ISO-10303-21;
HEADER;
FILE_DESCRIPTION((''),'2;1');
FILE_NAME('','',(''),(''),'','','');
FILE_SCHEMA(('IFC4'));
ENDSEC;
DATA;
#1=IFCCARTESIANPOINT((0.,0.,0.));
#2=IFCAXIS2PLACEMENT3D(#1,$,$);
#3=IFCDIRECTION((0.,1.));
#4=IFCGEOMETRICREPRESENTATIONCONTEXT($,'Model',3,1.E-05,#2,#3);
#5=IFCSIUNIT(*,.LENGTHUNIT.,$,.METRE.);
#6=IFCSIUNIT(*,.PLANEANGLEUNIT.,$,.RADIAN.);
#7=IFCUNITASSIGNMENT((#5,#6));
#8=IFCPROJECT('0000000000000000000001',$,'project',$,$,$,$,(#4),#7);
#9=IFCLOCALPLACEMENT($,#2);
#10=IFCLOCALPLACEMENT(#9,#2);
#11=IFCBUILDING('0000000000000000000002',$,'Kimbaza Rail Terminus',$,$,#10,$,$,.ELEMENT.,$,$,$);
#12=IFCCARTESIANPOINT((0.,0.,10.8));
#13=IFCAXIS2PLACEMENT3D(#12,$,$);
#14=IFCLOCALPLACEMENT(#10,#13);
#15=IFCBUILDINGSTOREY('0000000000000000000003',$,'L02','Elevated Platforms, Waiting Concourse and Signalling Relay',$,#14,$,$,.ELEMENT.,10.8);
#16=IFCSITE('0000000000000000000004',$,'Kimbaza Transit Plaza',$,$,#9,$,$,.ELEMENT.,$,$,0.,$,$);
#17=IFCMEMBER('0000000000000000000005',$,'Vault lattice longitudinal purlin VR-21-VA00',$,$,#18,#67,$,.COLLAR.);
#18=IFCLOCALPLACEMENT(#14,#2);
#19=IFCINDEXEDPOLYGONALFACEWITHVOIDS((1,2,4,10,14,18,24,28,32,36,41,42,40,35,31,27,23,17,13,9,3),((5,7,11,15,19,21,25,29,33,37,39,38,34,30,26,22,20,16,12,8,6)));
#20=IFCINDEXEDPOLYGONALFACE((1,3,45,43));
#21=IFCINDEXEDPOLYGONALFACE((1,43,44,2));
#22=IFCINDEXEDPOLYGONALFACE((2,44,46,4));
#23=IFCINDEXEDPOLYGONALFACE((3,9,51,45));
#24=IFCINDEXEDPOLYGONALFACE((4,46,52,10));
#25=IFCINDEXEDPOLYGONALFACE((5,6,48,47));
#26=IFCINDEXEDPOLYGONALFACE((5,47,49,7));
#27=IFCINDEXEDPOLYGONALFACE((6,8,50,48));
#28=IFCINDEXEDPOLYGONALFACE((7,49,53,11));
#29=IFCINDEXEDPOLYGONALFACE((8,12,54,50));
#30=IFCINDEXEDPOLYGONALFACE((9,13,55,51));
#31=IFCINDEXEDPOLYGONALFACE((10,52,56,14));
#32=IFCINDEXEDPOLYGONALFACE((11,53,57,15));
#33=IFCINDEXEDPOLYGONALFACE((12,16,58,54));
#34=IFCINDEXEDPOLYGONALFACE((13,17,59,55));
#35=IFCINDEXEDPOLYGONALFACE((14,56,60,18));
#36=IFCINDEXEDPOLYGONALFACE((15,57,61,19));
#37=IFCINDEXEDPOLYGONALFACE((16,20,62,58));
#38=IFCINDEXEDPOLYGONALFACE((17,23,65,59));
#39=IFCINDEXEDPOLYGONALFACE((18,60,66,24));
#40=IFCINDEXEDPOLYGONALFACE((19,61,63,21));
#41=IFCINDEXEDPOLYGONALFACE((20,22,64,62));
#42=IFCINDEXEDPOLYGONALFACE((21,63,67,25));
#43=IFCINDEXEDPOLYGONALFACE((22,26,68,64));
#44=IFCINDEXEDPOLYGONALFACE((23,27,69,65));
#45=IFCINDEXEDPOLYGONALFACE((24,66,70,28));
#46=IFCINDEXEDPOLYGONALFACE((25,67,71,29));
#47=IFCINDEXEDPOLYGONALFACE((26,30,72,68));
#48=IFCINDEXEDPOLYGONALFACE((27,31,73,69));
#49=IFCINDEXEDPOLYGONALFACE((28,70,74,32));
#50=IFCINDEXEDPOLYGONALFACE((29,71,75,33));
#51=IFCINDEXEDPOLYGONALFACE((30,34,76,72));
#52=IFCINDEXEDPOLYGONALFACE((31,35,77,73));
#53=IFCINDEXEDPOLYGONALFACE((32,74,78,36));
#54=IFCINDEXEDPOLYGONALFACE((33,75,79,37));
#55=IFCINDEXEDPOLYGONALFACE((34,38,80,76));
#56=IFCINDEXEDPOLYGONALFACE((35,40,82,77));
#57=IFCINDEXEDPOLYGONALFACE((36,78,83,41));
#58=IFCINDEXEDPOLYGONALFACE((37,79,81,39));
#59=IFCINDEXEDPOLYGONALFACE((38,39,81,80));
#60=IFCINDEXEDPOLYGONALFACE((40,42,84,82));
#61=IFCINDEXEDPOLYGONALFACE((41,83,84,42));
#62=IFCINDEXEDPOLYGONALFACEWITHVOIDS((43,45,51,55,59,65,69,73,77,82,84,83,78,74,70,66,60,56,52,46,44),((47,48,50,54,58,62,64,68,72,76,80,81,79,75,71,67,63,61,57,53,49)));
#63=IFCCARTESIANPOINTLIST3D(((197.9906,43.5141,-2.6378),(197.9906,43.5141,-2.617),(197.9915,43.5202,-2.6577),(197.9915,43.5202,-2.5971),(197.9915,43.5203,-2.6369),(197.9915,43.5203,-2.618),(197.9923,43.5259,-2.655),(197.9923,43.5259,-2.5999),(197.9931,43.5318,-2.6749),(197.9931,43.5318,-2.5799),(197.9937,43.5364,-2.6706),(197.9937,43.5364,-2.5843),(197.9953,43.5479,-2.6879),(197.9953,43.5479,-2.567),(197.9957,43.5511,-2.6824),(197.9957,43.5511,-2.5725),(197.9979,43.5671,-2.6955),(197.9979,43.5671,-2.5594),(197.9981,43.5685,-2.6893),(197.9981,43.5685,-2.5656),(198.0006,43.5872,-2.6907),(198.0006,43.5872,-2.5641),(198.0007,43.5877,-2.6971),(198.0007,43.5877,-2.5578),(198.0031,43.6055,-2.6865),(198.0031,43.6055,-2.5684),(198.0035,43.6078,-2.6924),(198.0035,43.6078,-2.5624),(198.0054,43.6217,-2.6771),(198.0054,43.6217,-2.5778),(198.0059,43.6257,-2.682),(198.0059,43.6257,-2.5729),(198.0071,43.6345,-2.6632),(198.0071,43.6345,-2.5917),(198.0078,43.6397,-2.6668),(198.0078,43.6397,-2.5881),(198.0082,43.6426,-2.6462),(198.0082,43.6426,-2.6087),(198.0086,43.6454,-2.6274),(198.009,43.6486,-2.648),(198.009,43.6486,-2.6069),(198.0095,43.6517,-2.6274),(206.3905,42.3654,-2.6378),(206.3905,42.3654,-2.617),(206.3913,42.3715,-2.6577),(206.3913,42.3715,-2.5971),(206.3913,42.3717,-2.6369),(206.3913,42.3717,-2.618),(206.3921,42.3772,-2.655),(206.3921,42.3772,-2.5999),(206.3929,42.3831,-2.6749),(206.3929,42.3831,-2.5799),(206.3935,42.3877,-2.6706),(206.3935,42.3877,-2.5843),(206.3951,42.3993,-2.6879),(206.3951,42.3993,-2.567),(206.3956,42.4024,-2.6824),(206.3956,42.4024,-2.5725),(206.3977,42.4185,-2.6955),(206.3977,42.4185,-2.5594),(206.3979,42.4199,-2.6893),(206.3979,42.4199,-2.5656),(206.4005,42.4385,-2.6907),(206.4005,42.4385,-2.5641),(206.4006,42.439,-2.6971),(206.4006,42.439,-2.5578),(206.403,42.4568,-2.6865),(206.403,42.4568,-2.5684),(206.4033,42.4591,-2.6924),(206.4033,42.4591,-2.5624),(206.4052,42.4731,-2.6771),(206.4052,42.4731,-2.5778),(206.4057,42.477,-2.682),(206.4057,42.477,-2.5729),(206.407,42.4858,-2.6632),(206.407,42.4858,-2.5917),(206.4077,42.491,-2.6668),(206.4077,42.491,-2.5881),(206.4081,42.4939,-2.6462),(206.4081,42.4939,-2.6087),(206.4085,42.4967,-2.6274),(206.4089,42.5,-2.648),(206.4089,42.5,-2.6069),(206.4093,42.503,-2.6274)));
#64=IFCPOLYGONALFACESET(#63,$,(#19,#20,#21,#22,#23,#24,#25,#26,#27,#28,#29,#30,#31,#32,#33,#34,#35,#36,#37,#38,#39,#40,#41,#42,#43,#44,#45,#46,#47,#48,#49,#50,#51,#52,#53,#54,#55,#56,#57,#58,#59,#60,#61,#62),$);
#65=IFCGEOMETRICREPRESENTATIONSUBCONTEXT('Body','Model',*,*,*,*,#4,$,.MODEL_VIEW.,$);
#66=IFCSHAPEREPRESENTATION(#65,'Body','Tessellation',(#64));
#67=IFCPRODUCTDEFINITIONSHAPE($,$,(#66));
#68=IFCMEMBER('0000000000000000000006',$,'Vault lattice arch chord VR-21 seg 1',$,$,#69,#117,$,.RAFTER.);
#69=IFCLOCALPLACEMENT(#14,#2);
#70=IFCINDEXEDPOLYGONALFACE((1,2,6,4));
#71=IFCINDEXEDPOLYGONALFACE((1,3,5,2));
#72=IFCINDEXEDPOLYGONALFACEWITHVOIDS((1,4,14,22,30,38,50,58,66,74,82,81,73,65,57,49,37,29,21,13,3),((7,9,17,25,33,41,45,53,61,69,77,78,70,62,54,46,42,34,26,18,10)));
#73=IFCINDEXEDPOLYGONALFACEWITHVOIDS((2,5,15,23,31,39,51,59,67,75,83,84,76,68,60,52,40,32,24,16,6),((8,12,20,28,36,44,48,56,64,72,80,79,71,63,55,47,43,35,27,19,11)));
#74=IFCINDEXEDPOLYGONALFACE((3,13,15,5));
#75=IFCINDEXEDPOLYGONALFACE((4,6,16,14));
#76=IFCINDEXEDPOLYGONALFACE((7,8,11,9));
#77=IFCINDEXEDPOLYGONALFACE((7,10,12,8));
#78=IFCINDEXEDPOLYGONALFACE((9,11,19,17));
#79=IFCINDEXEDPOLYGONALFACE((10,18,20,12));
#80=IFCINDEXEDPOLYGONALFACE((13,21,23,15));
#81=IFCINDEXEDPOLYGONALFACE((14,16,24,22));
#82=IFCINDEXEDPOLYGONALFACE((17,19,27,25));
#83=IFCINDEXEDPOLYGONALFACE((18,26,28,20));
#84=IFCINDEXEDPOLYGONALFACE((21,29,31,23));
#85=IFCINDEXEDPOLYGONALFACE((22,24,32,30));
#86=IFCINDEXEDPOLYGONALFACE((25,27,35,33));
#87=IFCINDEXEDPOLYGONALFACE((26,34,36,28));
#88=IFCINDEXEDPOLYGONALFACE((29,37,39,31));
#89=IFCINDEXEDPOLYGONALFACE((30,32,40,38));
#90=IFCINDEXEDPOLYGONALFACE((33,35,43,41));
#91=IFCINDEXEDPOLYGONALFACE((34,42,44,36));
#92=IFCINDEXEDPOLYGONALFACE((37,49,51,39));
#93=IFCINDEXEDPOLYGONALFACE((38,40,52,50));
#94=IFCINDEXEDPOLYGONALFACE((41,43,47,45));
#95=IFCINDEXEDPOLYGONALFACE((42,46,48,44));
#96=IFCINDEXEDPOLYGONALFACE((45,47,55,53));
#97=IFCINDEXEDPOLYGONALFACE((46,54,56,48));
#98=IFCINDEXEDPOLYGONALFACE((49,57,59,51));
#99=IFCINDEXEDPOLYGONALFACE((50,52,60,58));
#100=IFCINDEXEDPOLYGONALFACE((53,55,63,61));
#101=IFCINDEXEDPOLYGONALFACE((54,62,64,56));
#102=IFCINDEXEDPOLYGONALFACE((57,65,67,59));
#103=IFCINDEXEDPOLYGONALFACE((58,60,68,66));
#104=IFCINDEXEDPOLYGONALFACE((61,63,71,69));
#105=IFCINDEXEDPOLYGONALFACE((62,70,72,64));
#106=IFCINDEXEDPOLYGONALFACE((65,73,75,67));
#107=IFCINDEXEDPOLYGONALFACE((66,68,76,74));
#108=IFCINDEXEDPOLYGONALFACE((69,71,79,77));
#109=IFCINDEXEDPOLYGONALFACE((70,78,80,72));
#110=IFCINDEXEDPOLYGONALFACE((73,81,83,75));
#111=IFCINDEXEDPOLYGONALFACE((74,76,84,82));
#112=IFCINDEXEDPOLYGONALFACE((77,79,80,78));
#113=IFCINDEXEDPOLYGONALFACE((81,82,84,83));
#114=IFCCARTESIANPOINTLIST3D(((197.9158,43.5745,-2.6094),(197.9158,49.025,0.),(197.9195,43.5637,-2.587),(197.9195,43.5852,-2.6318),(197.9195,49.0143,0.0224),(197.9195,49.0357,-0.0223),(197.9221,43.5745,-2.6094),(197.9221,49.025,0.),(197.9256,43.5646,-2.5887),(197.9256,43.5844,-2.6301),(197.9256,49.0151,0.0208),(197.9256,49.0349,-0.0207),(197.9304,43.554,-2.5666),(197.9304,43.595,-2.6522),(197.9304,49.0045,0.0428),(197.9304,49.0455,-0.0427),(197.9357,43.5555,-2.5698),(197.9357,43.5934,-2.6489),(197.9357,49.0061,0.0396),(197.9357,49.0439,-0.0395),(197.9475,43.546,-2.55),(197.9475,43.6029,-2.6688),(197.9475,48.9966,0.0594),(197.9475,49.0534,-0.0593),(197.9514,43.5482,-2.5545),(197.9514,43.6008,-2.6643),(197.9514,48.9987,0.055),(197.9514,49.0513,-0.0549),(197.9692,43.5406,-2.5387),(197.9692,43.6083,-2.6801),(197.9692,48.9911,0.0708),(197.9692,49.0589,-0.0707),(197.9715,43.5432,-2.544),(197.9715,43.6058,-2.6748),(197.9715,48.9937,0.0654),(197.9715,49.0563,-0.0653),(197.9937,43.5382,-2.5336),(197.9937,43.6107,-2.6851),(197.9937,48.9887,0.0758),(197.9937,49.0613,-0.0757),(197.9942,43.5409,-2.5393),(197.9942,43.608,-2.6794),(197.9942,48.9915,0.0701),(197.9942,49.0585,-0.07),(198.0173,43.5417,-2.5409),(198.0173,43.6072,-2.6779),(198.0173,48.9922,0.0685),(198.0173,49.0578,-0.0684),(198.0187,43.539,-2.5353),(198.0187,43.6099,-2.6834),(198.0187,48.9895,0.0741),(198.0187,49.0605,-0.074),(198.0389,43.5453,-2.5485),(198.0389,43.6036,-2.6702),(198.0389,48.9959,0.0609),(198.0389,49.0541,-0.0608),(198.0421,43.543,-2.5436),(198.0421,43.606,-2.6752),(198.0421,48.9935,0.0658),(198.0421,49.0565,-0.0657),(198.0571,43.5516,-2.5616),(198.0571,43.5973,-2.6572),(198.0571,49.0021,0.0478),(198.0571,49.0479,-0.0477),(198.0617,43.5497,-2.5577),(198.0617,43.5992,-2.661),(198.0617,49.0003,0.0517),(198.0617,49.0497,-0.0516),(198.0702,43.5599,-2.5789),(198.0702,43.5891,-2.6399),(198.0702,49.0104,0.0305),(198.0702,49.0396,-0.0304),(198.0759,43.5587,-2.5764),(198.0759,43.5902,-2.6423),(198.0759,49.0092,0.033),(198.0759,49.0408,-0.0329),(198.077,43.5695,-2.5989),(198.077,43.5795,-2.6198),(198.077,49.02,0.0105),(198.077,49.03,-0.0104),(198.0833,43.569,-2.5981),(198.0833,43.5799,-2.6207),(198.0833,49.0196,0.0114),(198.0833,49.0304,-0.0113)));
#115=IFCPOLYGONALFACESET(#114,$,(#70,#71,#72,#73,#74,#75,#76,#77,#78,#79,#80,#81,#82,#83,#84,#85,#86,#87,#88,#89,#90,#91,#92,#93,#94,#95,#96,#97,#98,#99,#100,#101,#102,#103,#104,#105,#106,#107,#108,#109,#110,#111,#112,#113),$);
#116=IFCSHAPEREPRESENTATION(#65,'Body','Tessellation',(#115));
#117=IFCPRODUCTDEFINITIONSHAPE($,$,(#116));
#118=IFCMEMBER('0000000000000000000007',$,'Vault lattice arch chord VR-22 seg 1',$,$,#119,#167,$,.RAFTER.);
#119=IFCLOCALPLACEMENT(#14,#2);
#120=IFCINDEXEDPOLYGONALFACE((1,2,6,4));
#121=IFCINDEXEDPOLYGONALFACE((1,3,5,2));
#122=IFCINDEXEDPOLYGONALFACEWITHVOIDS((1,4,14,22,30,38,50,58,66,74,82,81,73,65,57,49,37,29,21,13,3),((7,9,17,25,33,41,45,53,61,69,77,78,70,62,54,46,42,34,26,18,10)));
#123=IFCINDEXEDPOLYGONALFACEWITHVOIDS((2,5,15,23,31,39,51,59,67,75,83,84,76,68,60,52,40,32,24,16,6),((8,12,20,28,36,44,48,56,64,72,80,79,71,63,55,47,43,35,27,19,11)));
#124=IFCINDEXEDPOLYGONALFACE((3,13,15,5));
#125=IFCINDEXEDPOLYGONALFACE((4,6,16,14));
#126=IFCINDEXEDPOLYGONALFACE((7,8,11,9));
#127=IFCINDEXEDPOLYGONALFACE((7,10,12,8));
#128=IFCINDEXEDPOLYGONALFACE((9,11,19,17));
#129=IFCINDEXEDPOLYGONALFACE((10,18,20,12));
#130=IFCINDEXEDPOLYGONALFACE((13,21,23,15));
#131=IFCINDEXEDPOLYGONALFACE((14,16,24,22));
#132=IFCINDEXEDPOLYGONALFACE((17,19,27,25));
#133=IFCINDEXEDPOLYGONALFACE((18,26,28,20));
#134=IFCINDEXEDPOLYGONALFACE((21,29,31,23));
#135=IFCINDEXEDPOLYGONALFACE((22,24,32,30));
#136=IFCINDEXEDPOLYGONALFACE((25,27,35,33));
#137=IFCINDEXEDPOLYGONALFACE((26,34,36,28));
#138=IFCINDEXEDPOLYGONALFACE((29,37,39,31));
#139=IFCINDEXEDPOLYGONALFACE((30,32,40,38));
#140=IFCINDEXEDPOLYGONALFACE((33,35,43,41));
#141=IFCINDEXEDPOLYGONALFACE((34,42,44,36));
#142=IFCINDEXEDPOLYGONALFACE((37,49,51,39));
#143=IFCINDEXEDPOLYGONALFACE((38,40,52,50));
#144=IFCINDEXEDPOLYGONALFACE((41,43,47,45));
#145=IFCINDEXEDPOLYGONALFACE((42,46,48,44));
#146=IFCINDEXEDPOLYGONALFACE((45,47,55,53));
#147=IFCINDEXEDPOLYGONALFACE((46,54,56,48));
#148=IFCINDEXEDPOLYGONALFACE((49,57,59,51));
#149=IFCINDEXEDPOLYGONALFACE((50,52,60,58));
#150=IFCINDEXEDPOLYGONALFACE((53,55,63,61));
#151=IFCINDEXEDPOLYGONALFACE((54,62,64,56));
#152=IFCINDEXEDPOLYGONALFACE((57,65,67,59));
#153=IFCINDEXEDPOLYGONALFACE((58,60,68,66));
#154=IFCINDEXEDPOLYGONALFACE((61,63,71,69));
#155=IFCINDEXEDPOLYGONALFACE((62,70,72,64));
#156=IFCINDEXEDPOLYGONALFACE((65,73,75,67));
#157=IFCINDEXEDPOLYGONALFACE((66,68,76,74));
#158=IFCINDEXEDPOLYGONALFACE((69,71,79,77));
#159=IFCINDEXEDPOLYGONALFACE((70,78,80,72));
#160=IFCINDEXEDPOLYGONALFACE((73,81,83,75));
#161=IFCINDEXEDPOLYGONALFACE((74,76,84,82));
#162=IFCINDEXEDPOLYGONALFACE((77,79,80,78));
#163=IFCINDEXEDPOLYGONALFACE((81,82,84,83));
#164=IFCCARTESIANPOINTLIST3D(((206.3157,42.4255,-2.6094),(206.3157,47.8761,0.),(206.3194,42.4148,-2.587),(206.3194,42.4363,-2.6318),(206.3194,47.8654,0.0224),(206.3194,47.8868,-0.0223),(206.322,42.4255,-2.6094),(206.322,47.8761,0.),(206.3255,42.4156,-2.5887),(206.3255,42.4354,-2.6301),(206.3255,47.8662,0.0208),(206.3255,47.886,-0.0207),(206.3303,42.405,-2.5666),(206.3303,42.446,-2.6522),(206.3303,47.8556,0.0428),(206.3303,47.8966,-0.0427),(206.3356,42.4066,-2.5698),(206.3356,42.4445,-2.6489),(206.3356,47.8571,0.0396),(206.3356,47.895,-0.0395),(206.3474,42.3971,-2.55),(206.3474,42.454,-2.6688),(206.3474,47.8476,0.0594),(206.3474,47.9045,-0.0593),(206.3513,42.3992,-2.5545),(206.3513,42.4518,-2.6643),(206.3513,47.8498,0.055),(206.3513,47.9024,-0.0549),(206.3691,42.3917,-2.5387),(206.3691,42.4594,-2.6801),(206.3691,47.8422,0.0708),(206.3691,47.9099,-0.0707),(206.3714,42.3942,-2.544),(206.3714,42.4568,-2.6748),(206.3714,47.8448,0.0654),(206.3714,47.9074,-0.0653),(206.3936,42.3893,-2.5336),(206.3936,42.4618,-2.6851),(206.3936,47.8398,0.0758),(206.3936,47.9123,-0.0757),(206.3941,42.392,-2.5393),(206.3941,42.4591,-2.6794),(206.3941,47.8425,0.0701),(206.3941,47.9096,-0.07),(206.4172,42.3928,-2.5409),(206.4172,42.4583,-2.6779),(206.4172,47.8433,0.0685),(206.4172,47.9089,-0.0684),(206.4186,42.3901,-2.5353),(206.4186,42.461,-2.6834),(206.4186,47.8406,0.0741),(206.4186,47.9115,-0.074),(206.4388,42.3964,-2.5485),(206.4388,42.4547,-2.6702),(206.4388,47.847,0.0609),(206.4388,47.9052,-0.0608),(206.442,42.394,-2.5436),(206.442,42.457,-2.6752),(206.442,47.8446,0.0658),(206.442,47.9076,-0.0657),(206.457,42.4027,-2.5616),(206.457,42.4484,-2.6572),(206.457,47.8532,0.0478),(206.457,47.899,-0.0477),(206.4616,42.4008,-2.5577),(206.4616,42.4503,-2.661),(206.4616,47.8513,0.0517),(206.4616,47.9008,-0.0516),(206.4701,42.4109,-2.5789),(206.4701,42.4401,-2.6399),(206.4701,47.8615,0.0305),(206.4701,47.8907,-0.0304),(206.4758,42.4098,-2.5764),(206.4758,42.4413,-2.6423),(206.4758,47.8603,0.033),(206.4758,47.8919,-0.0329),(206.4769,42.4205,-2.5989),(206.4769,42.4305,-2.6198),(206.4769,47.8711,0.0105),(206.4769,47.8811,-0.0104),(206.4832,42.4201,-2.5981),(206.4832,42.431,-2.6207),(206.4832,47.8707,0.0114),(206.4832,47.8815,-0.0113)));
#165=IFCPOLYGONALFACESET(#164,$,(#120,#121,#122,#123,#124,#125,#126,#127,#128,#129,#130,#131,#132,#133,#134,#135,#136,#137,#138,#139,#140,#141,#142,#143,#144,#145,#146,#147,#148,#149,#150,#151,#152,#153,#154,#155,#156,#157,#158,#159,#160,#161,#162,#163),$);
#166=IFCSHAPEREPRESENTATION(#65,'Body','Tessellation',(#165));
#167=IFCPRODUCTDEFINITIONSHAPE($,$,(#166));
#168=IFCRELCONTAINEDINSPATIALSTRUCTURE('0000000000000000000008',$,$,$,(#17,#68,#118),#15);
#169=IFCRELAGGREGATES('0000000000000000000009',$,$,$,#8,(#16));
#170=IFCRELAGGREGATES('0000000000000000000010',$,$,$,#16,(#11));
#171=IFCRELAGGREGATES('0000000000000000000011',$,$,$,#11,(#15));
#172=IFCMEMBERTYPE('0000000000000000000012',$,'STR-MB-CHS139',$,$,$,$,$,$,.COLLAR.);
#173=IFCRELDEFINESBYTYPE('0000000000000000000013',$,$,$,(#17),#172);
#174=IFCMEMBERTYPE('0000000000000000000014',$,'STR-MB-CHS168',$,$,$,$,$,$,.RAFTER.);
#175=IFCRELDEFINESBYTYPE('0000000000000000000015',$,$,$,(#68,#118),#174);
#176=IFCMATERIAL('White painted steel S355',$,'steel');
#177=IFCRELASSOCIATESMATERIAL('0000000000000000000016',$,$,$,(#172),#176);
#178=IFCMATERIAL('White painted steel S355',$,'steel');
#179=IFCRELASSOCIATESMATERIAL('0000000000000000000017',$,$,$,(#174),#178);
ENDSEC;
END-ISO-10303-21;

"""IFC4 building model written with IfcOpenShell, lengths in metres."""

from ifc_helpers import new_model, si_unit, direction, frame, origin, origin_2d, place, context, subcontext, project, spatial, hollow_circle, extrude, material, material_profile, profile_set, type_object, element, save


model = new_model("IFC4")

# Units and contexts
model_context = context("Model", 3, precision=1e-05, world=origin(), true_north=direction((0.0, 1.0)))
body_context = subcontext(model_context, "Body", "Model", "MODEL_VIEW")
ifc_project = project(units=[si_unit("LENGTHUNIT", "METRE"), si_unit("PLANEANGLEUNIT", "RADIAN")], contexts=[model_context])

# Site, building, storey
site_placement = place(None, origin())
site = spatial("IfcSite", under=ifc_project, at=site_placement, Name="Kimbaza Transit Plaza", CompositionType="ELEMENT", RefElevation=0.0)
building_placement = place(site_placement, origin())
building = spatial("IfcBuilding", under=site, at=building_placement, Name="Kimbaza Rail Terminus", CompositionType="ELEMENT")
storey_placement = place(building_placement, frame((0.0, 0.0, 10.8)))
storey = spatial("IfcBuildingStorey", under=building, at=storey_placement, Name="L02", Description="Elevated Platforms, Waiting Concourse and Signalling Relay", CompositionType="ELEMENT", Elevation=10.8)

# Members
ifc_material_1 = material(Name="White painted steel S355", Category="steel")
ifc_material_profile_1 = material_profile(ifc_material_1, hollow_circle(Radius=0.0698, WallThickness=0.0063, at=origin_2d()), Name="CHS 139.7x6.3")
ifc_profile_set_1 = profile_set([ifc_material_profile_1], Name="White painted steel S355")
member_type_1 = type_object("IfcMemberType", Name="STR-MB-CHS139", PredefinedType="COLLAR", material=ifc_profile_set_1)
member_1_placement = place(storey_placement, frame((198.0, 43.5825, -2.6274), z_axis=(0.990779, -0.135488, 0.0), x_axis=(0.135488, 0.990779, 0.0)))
element("IfcMember", 1, at=member_1_placement, inside=storey, type_object=member_type_1, Name="Vault lattice longitudinal purlin VR-21-VA00", PredefinedType="COLLAR", context=body_context, shape_type="SweptSolid", body=[
    extrude(hollow_circle(Radius=0.0698, WallThickness=0.0063, at=origin_2d()), origin(), (0.0, 0.0, 1.0), 8.478),
])
ifc_material_2 = material(Name="White painted steel S355", Category="steel")
ifc_material_profile_2 = material_profile(ifc_material_2, hollow_circle(Radius=0.0842, WallThickness=0.0063, at=origin_2d()), Name="CHS 168.3x6.3")
ifc_profile_set_2 = profile_set([ifc_material_profile_2], Name="White painted steel S355")
member_type_2 = type_object("IfcMemberType", Name="STR-MB-CHS168", PredefinedType="RAFTER", material=ifc_profile_set_2)
for number, where, z_axis, x_axis, name in (
    (2, (198.0, 43.5745, -2.6094), (0.0, 0.901964, 0.431811), (-1.0, 0.0, 0.0), "Vault lattice arch chord VR-21 seg 1"),
    (3, (206.3999, 42.4255, -2.6094), (0.0, 0.901964, 0.431811), (-1.0, 0.0, 0.0), "Vault lattice arch chord VR-22 seg 1"),
):
    element("IfcMember", number, at=place(storey_placement, frame(where, z_axis=z_axis, x_axis=x_axis)), inside=storey, type_object=member_type_2, Name=name, PredefinedType="RAFTER", context=body_context, shape_type="SweptSolid", body=[
        extrude(hollow_circle(Radius=0.0842, WallThickness=0.0063, at=origin_2d()), origin(), (0.0, 0.0, 1.0), 6.043),
    ])

save(model, "model.ifc")
